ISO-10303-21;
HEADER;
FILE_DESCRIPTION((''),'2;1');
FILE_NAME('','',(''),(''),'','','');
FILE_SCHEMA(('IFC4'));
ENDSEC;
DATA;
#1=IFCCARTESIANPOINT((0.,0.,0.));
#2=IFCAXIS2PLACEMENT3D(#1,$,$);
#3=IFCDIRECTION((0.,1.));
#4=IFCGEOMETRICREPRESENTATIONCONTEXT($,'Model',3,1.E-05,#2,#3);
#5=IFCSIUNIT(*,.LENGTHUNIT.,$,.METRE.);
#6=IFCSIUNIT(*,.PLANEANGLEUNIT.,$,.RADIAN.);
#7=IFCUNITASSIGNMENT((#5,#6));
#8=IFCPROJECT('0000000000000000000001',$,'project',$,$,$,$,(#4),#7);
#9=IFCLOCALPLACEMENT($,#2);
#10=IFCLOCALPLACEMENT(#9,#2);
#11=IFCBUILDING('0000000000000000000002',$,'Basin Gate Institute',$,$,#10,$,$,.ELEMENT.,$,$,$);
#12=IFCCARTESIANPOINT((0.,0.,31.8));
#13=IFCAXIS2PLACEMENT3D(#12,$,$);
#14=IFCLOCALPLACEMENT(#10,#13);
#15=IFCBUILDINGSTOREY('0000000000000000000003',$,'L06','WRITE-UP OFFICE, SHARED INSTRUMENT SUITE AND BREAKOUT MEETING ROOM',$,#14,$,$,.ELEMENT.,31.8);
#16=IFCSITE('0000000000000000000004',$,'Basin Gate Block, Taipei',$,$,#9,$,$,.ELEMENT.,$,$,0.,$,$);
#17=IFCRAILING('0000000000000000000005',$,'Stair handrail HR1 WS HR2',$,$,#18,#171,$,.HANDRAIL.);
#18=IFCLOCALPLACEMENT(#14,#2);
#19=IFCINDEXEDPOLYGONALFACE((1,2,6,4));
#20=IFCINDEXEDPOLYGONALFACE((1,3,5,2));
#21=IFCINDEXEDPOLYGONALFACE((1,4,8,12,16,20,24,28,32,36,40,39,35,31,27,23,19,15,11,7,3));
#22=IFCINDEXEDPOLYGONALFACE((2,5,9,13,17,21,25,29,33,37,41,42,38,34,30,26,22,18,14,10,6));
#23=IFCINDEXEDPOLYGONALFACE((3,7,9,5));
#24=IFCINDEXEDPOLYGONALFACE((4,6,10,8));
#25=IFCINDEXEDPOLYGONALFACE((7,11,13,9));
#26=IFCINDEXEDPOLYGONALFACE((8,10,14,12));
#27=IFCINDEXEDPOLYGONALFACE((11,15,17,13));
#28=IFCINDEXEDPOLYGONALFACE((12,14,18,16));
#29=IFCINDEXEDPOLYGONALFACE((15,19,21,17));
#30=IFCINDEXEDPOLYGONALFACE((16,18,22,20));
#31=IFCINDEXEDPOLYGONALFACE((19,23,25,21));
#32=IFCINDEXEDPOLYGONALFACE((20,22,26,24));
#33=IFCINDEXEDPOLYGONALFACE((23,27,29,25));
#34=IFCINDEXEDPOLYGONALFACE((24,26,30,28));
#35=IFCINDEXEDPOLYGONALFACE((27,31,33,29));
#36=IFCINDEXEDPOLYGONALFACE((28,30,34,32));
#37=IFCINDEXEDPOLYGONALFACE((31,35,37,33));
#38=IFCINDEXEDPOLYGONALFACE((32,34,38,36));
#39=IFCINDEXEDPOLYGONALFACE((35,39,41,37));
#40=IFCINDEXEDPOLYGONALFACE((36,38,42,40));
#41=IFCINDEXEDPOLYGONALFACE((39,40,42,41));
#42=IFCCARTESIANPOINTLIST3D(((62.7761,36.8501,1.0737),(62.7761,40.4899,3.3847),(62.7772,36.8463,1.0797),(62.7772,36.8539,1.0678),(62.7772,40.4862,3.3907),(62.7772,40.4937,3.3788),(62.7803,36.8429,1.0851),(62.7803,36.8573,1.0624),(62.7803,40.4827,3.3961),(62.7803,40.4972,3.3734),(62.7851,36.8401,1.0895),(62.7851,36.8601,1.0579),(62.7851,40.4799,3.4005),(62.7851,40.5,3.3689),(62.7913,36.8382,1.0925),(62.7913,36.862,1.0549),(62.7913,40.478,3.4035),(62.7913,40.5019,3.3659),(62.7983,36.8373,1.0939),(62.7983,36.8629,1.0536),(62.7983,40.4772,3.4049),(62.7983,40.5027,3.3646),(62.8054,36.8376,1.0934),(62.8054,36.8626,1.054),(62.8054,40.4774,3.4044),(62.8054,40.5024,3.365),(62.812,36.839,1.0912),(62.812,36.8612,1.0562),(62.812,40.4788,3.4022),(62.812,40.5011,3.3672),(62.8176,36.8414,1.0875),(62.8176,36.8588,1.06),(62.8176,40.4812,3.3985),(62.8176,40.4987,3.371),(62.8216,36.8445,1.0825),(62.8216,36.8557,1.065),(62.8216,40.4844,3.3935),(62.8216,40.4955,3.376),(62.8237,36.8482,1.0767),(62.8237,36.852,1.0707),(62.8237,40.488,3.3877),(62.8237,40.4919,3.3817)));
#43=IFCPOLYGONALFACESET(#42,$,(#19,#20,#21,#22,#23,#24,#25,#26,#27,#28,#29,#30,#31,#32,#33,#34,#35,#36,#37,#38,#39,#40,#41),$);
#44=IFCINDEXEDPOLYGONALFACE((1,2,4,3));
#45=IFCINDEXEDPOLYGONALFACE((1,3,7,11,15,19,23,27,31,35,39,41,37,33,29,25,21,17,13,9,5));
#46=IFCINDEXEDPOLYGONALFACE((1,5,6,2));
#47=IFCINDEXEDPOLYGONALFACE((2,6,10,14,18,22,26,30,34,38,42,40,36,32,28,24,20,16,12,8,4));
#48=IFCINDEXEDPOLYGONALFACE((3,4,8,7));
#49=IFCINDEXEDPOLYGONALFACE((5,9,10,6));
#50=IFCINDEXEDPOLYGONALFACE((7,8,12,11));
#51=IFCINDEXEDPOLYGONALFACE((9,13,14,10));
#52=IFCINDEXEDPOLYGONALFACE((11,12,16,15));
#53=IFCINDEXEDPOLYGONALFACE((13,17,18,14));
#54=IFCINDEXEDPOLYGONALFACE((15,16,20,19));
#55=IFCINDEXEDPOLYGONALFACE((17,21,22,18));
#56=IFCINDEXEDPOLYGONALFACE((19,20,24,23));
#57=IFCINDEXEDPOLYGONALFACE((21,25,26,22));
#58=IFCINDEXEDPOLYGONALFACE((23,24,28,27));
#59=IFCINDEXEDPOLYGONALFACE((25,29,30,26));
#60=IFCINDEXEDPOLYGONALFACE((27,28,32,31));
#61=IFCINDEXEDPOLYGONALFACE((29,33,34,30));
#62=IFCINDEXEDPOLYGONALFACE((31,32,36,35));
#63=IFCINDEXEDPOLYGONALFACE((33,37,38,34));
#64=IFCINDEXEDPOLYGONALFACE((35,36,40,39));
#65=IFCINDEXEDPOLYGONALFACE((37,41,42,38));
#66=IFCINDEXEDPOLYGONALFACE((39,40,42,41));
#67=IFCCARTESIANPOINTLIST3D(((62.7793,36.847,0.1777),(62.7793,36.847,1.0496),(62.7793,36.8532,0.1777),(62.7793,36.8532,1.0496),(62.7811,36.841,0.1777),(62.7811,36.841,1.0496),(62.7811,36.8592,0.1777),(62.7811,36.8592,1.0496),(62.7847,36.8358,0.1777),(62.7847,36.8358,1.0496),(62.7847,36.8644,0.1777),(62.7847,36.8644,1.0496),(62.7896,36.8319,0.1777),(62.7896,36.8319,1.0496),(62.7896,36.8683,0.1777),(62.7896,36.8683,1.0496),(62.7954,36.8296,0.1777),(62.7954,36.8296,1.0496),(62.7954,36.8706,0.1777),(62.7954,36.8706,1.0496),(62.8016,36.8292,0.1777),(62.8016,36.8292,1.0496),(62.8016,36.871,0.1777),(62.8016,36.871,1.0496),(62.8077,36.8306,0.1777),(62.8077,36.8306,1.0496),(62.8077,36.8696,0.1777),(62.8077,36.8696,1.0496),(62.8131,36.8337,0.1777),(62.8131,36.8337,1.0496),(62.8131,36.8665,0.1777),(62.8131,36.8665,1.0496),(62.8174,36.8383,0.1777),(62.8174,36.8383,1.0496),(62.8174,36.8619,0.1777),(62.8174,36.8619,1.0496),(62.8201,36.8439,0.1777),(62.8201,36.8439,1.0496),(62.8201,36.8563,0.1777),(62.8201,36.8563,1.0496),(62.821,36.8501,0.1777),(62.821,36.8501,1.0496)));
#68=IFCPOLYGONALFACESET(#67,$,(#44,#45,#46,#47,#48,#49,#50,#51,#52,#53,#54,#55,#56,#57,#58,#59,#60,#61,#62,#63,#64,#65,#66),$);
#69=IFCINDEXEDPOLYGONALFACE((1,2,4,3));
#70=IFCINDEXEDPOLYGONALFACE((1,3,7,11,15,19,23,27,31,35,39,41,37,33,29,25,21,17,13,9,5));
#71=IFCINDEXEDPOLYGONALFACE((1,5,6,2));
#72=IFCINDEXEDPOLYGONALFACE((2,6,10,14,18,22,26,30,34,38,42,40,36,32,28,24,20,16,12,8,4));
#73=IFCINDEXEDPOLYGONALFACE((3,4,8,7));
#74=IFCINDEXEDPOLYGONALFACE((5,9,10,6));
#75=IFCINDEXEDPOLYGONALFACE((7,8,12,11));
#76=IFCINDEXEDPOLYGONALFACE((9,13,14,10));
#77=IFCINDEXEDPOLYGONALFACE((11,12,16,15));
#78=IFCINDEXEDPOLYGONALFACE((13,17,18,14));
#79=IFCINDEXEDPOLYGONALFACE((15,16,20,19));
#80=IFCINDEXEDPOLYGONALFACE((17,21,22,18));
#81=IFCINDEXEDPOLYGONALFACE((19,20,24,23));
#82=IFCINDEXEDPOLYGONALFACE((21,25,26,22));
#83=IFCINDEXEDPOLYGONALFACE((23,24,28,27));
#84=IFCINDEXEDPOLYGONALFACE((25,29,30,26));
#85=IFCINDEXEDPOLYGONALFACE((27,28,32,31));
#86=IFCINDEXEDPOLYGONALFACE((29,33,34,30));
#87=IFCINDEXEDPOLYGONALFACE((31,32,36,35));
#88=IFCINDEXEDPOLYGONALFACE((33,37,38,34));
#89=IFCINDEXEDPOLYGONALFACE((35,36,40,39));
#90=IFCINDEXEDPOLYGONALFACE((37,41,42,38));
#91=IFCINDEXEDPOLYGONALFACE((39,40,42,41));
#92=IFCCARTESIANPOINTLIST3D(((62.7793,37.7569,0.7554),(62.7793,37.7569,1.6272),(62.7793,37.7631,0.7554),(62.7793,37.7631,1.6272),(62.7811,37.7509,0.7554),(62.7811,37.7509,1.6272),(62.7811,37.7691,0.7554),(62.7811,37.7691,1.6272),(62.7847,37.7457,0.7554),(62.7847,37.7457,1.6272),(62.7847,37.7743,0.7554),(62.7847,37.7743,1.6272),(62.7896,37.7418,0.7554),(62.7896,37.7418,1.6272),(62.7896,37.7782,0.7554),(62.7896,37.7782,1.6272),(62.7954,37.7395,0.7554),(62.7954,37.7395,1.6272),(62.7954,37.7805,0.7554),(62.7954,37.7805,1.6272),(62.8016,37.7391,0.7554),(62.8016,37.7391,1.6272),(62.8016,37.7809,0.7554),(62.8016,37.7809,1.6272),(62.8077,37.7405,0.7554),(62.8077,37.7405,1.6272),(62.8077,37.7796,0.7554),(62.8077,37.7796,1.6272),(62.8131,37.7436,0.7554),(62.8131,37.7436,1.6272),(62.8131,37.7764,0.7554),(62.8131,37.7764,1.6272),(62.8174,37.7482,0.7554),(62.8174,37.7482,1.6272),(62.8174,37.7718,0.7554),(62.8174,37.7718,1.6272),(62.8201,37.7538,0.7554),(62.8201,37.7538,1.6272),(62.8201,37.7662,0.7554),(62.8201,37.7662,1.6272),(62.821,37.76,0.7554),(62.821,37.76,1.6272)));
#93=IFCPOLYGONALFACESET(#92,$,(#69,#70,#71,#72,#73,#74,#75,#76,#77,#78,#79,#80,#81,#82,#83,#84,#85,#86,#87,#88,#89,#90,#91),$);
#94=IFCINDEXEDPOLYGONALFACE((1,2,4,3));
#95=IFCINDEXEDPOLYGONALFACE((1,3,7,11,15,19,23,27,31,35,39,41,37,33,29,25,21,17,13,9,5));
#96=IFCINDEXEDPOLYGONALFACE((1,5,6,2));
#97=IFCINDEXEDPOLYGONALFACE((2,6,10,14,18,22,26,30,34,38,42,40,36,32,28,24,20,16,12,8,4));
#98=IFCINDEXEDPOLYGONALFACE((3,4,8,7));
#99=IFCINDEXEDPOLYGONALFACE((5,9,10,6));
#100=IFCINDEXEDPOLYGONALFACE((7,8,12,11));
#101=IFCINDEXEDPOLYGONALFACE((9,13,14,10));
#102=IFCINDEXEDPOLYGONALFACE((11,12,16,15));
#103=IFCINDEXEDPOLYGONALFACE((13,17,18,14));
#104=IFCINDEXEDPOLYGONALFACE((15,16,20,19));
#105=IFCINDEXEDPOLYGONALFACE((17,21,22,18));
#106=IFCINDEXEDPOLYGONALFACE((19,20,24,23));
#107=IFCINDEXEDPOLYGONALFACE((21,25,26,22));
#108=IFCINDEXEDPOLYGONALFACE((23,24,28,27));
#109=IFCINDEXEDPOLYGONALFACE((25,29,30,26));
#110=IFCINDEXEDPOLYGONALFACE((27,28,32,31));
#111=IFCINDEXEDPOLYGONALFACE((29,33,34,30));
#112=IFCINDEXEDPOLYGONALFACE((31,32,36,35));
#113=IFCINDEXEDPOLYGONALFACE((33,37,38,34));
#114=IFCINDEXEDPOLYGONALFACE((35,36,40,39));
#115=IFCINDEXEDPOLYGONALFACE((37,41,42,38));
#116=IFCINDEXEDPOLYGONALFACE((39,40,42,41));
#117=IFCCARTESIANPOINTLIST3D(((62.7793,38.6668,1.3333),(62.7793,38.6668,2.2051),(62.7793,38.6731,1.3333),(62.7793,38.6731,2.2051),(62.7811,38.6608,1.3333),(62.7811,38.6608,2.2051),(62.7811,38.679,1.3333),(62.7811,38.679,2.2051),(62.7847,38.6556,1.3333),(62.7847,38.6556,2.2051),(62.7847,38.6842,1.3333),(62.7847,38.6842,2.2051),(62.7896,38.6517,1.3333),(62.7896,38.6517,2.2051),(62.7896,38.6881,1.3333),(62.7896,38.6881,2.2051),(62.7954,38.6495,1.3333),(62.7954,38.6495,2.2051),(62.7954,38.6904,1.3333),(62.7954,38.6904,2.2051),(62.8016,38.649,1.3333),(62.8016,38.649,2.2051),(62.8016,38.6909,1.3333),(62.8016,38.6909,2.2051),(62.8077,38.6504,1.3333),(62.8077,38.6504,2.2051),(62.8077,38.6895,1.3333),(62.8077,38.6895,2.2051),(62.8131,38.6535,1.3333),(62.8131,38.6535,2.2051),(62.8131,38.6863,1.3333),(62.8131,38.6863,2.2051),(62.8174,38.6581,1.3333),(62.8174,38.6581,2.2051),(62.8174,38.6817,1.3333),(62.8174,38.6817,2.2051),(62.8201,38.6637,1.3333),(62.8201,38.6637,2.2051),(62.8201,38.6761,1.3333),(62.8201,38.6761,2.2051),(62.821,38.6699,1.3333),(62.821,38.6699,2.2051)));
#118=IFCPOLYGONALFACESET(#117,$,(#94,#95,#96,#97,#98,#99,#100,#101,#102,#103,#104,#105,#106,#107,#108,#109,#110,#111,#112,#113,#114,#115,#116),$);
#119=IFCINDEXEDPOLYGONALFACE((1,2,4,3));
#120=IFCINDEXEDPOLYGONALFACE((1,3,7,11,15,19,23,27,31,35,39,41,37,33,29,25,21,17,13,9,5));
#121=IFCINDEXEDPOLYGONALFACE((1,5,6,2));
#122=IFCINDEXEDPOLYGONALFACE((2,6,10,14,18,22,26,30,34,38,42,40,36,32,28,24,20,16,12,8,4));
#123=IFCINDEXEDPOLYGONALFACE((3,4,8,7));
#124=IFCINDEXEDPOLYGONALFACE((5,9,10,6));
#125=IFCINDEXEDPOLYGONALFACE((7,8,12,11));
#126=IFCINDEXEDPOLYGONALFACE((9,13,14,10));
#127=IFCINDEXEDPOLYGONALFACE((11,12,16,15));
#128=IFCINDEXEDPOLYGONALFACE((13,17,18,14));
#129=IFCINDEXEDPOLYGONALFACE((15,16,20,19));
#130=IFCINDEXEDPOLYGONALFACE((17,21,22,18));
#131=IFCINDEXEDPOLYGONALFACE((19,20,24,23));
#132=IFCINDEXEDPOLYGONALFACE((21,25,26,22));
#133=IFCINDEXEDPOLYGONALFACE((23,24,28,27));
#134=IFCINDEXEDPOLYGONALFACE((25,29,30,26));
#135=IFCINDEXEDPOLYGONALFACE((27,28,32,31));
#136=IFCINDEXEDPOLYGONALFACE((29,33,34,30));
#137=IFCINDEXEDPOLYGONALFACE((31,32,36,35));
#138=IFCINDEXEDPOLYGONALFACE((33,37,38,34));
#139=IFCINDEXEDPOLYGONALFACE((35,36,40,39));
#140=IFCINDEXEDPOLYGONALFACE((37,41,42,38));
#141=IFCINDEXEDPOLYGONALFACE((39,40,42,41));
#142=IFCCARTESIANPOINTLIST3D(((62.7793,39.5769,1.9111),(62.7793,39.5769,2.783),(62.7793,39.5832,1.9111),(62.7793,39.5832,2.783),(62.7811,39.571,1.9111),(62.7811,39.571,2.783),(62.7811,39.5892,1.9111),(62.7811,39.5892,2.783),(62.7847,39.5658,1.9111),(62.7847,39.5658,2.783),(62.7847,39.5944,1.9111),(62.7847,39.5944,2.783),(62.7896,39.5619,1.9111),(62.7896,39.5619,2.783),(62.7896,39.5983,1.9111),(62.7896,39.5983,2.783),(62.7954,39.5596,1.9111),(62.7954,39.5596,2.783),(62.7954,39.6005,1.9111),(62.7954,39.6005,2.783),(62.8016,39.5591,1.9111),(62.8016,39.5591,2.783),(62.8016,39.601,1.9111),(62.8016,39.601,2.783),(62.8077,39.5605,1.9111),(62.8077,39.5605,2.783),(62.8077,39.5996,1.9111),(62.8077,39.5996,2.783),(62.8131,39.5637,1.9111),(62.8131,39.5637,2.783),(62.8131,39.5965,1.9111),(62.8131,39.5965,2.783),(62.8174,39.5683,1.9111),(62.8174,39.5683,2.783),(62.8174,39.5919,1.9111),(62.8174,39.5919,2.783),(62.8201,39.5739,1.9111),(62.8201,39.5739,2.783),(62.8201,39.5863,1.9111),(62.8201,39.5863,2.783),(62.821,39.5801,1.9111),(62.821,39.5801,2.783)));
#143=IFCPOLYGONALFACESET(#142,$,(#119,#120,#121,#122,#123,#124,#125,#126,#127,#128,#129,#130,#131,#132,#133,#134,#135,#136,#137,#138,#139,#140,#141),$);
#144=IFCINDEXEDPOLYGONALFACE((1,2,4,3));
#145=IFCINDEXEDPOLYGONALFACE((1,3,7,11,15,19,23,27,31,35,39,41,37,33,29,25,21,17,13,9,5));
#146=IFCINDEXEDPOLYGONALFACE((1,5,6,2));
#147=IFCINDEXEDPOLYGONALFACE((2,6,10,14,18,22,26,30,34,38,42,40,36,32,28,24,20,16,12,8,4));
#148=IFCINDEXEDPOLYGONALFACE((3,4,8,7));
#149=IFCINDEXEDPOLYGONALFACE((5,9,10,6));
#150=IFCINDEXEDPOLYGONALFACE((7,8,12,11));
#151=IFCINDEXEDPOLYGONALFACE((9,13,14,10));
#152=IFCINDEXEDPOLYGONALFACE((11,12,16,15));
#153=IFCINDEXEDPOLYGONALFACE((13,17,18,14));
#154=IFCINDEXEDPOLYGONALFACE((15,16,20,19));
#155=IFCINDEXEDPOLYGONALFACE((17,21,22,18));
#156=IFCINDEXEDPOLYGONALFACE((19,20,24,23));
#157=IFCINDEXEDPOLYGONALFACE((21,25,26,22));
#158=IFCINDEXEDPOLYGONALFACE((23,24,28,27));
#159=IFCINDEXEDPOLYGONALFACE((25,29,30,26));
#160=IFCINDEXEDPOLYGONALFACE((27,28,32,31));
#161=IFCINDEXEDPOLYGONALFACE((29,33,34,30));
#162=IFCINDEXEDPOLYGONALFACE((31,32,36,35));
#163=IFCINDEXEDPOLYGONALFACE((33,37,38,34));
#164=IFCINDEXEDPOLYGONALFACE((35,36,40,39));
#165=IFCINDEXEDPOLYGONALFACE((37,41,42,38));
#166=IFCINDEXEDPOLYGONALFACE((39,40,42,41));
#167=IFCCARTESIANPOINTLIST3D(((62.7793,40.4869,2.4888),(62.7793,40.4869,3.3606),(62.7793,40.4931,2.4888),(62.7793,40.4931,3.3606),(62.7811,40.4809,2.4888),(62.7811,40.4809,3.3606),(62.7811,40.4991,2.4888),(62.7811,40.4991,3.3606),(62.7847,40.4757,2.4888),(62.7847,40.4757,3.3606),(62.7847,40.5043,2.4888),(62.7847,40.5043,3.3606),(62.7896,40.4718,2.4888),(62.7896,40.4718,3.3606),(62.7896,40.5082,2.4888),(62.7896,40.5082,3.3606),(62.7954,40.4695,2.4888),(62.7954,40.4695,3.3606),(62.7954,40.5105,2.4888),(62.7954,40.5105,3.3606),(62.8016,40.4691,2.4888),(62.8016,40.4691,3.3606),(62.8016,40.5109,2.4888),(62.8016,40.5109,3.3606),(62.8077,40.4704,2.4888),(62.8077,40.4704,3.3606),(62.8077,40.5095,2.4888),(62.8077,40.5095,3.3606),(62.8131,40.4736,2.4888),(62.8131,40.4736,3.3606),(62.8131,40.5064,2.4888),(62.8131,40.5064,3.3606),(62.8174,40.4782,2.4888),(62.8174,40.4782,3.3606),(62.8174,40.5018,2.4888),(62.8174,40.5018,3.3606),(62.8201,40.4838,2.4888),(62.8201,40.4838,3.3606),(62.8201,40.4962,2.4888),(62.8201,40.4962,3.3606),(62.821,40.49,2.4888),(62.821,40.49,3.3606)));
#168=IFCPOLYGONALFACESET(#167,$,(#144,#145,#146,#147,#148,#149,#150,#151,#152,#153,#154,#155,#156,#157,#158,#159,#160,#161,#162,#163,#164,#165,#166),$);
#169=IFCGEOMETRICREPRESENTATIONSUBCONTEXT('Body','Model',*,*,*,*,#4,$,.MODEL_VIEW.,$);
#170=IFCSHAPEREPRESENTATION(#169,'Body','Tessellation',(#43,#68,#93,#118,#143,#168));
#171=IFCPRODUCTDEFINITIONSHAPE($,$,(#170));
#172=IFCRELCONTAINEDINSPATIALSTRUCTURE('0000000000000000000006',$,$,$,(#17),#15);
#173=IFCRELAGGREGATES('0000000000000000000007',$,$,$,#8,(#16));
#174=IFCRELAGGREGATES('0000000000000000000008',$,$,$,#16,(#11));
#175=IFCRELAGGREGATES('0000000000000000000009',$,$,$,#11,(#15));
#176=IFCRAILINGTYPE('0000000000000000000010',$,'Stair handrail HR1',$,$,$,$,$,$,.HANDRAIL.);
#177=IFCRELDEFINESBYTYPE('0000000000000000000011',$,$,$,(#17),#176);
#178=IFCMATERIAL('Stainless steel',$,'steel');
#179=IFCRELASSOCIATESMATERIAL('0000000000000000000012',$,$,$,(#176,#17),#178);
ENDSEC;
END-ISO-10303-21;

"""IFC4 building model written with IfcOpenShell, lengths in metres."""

from ifc_helpers import new_model, si_unit, direction, frame, origin, origin_2d, place, context, subcontext, project, spatial, circle, extrude, material, type_object, element, save


model = new_model("IFC4")

# Units and contexts
model_context = context("Model", 3, precision=1e-05, world=origin(), true_north=direction((0.0, 1.0)))
body_context = subcontext(model_context, "Body", "Model", "MODEL_VIEW")
ifc_project = project(units=[si_unit("LENGTHUNIT", "METRE"), si_unit("PLANEANGLEUNIT", "RADIAN")], contexts=[model_context])

# Site, building, storey
site_placement = place(None, origin())
site = spatial("IfcSite", under=ifc_project, at=site_placement, Name="Basin Gate Block, Taipei", CompositionType="ELEMENT", RefElevation=0.0)
building_placement = place(site_placement, origin())
building = spatial("IfcBuilding", under=site, at=building_placement, Name="Basin Gate Institute", CompositionType="ELEMENT")
storey_placement = place(building_placement, frame((0.0, 0.0, 31.8)))
storey = spatial("IfcBuildingStorey", under=building, at=storey_placement, Name="L06", Description="WRITE-UP OFFICE, SHARED INSTRUMENT SUITE AND BREAKOUT MEETING ROOM", CompositionType="ELEMENT", Elevation=31.8)

# Railing
ifc_material_1 = material(Name="Stainless steel", Category="steel")
railing_type_1 = type_object("IfcRailingType", Name="Stair handrail HR1", PredefinedType="HANDRAIL", material=ifc_material_1)
for number, where, name in (
    (1, (62.8, 36.8501, 0.1777), "Stair handrail HR1 WS HR2"),
):
    element("IfcRailing", number, at=place(storey_placement, frame(where)), inside=storey, type_object=railing_type_1, material=ifc_material_1, Name=name, PredefinedType="HANDRAIL", context=body_context, shape_type="SweptSolid", body=[
        extrude(circle(Radius=0.0239, at=origin_2d()), frame((0.0, 0.0, 0.896), z_axis=(0.0, 0.844214, 0.536007), x_axis=(-1.0, 0.0, 0.0)), (0.0, 0.0, 1.0), 4.3115),
        extrude(circle(Radius=0.021, at=origin_2d()), origin(), (0.0, 0.0, 1.0), 0.8718),
        extrude(circle(Radius=0.021, at=origin_2d()), frame((0.0, 0.9099, 0.5776)), (0.0, 0.0, 1.0), 0.8718),
        extrude(circle(Radius=0.021, at=origin_2d()), frame((0.0, 1.8198, 1.1555)), (0.0, 0.0, 1.0), 0.8718),
        extrude(circle(Radius=0.021, at=origin_2d()), frame((0.0, 2.73, 1.7334)), (0.0, 0.0, 1.0), 0.8718),
        extrude(circle(Radius=0.021, at=origin_2d()), frame((0.0, 3.6399, 2.311)), (0.0, 0.0, 1.0), 0.8718),
    ])

save(model, "model.ifc")
